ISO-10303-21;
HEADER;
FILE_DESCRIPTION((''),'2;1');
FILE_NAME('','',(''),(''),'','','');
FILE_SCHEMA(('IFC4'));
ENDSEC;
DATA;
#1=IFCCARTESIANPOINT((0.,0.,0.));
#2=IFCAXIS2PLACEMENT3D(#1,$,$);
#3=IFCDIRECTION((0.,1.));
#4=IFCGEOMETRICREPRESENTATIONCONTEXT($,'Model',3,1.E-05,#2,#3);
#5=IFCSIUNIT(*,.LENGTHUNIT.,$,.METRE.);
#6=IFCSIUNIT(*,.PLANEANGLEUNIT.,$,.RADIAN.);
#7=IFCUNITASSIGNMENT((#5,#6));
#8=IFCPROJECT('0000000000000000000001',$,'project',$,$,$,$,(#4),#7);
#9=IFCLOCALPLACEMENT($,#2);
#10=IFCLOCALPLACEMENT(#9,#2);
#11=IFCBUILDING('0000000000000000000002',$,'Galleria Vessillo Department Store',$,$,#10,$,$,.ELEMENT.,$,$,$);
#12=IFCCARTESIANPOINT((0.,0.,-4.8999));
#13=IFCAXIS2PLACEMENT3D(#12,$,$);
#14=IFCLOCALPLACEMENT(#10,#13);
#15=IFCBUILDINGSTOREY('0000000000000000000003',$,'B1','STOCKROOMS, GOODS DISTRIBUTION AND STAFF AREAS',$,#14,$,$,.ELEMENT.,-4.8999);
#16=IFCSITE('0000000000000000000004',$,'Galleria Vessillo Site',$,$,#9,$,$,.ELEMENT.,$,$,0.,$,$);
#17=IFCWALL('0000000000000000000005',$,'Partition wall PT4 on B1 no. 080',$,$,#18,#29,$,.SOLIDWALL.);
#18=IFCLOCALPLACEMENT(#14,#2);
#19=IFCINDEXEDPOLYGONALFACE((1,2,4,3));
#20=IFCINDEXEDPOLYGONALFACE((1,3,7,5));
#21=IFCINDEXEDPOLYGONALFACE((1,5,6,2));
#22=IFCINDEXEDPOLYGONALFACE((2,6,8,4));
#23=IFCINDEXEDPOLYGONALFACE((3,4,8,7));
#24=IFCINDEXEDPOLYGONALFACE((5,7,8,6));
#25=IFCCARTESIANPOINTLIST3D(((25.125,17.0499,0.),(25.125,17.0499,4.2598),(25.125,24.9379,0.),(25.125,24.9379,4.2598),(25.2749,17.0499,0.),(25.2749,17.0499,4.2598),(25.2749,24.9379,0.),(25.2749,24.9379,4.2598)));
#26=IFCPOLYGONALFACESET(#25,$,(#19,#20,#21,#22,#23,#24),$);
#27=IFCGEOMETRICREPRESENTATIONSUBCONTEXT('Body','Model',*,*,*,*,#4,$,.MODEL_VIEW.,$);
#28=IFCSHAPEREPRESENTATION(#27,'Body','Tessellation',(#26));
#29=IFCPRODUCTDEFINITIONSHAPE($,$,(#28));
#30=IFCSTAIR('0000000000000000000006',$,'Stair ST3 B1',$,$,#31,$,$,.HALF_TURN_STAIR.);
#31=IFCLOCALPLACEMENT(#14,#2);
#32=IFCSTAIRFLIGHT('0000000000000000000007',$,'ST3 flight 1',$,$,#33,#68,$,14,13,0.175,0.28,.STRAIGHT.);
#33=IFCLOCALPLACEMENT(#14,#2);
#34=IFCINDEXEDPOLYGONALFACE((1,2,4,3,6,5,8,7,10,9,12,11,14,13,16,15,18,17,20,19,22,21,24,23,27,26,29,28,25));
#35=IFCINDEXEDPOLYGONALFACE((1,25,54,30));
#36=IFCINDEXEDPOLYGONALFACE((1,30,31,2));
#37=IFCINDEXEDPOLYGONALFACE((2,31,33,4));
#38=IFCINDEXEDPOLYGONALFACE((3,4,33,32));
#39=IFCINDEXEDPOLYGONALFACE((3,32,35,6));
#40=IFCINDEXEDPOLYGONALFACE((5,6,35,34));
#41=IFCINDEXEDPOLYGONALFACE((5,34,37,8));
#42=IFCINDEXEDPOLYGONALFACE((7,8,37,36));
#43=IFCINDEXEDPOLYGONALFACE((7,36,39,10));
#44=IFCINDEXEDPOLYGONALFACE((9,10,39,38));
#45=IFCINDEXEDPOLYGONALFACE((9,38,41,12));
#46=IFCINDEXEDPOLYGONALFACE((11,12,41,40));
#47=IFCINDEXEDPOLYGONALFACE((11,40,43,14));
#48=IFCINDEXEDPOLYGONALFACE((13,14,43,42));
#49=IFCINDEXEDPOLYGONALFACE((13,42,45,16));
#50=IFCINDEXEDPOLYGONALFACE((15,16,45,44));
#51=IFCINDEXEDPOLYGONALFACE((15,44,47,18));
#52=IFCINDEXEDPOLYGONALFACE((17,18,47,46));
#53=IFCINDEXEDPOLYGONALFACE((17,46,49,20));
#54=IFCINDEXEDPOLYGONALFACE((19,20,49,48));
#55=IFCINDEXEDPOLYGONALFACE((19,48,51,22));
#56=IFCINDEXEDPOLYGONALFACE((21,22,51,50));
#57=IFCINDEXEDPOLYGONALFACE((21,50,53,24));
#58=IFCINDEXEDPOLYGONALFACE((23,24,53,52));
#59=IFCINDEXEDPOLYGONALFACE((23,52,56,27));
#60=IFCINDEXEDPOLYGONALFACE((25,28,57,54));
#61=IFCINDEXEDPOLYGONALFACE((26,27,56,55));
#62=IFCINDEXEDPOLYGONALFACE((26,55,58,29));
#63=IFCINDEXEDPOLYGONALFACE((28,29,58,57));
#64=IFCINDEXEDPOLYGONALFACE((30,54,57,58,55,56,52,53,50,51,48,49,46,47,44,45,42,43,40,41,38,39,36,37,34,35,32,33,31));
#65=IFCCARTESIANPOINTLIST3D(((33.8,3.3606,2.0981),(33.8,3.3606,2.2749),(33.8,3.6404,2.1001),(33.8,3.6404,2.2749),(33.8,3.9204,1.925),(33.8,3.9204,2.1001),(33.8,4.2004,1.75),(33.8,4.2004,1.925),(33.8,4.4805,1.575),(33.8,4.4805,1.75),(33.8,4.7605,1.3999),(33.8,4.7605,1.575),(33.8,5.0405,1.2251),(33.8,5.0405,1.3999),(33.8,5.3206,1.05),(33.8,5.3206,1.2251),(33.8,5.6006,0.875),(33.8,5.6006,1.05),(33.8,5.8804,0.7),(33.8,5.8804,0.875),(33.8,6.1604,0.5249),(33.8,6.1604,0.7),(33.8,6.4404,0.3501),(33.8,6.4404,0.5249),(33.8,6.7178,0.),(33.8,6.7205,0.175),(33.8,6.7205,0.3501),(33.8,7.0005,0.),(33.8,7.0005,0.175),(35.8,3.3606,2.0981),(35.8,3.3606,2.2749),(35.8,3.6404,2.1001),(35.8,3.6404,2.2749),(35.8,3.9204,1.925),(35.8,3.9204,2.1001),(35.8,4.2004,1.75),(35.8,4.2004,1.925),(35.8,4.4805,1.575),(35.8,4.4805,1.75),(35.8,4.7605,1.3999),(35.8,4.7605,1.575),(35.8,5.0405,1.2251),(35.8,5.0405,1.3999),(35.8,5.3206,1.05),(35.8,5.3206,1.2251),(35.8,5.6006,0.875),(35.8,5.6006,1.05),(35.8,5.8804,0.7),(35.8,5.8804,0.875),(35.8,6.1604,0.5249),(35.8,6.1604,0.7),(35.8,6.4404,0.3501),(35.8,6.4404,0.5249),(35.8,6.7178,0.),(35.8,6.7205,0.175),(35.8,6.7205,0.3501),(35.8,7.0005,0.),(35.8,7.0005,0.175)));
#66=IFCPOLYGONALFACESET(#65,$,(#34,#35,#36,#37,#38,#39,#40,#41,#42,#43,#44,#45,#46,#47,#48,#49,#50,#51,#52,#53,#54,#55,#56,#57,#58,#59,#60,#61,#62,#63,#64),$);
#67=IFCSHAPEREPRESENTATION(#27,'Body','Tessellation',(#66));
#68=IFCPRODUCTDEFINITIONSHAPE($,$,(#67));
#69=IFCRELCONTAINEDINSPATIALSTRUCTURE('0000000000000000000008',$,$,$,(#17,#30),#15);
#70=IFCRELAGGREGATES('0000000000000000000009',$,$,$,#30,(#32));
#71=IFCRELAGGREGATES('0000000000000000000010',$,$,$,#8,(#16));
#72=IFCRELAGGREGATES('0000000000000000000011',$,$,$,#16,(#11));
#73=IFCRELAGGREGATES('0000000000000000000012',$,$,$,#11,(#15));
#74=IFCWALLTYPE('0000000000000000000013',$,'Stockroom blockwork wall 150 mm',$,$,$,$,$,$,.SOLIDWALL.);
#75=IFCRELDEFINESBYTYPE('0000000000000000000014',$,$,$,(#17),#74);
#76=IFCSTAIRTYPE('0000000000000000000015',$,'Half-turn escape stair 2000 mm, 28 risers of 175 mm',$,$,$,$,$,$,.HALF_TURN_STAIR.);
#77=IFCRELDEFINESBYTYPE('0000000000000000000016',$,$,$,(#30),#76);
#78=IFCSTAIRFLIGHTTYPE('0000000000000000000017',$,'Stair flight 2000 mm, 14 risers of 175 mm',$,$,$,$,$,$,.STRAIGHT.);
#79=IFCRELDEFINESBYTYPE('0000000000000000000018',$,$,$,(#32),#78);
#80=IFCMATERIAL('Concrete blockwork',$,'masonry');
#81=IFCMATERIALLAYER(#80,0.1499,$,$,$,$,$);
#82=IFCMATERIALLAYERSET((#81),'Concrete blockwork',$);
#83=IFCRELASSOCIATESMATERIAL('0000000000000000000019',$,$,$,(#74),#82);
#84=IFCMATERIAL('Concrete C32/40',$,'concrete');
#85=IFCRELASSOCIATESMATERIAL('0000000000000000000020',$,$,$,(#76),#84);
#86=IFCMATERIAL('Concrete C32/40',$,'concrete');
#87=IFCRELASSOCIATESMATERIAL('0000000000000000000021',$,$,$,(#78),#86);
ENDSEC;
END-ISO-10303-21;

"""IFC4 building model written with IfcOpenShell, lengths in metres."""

from ifc_helpers import new_model, si_unit, direction, frame, frame_2d, origin, place, context, subcontext, project, spatial, polyline, rectangle, outline, extrude, material, layer, layer_set, type_object, element, aggregate, save


model = new_model("IFC4")

# Units and contexts
model_context = context("Model", 3, precision=1e-05, world=origin(), true_north=direction((0.0, 1.0)))
body_context = subcontext(model_context, "Body", "Model", "MODEL_VIEW")
ifc_project = project(units=[si_unit("LENGTHUNIT", "METRE"), si_unit("PLANEANGLEUNIT", "RADIAN")], contexts=[model_context])

# Site, building, storey
site_placement = place(None, origin())
site = spatial("IfcSite", under=ifc_project, at=site_placement, Name="Galleria Vessillo Site", CompositionType="ELEMENT", RefElevation=0.0)
building_placement = place(site_placement, origin())
building = spatial("IfcBuilding", under=site, at=building_placement, Name="Galleria Vessillo Department Store", CompositionType="ELEMENT")
storey_placement = place(building_placement, frame((0.0, 0.0, -4.8999)))
storey = spatial("IfcBuildingStorey", under=building, at=storey_placement, Name="B1", Description="STOCKROOMS, GOODS DISTRIBUTION AND STAFF AREAS", CompositionType="ELEMENT", Elevation=-4.8999)

# Shared definitions
ifc_material_1 = material(Name="Concrete blockwork", Category="masonry")
ifc_layer_1 = layer(ifc_material_1, 0.1499)
ifc_layer_set_1 = layer_set([ifc_layer_1], Name="Concrete blockwork")
wall_type_1 = type_object("IfcWallType", Name="Stockroom blockwork wall 150 mm", PredefinedType="SOLIDWALL", material=ifc_layer_set_1)

# Wall
wall_1_placement = place(storey_placement, frame((25.2, 17.05, 0.0), z_axis=(0.0, 0.0, 1.0), x_axis=(0.0, 1.0, 0.0)))
element("IfcWall", 1, at=wall_1_placement, inside=storey, type_object=wall_type_1, Name="Partition wall PT4 on B1 no. 080", PredefinedType="SOLIDWALL", context=body_context, shape_type="SweptSolid", body=[
    extrude(rectangle(XDim=7.8879, YDim=0.1499, at=frame_2d((3.9438, 0.0))), origin(), (0.0, 0.0, 1.0), 4.2598),
])

# Stair, stair flight
ifc_material_2 = material(Name="Concrete C32/40", Category="concrete")
stair_type = type_object("IfcStairType", Name="Half-turn escape stair 2000 mm, 28 risers of 175 mm", PredefinedType="HALF_TURN_STAIR", material=ifc_material_2)
stair_placement = place(storey_placement, origin())
stair = element("IfcStair", 2, at=stair_placement, inside=storey, type_object=stair_type, Name="Stair ST3 B1", PredefinedType="HALF_TURN_STAIR")
ifc_material_3 = material(Name="Concrete C32/40", Category="concrete")
stair_flight_type = type_object("IfcStairFlightType", Name="Stair flight 2000 mm, 14 risers of 175 mm", PredefinedType="STRAIGHT", material=ifc_material_3)
stair_flight_placement = place(storey_placement, frame((34.8, 7.0005, 0.0), z_axis=(0.0, 0.0, 1.0), x_axis=(0.0, -1.0, 0.0)))
stair_flight = element("IfcStairFlight", 3, at=stair_flight_placement, type_object=stair_flight_type, Name="ST3 flight 1", NumberOfRisers=14, NumberOfTreads=13, PredefinedType="STRAIGHT", RiserHeight=0.175, TreadLength=0.28, context=body_context, shape_type="SweptSolid", body=[
    extrude(outline(polyline([(0.0, 0.0), (0.0, 0.175), (0.28, 0.175), (0.28, 0.3501), (0.5601, 0.3501), (0.5601, 0.5249), (0.8401, 0.5249), (0.8401, 0.7), (1.1201, 0.7), (1.1201, 0.875), (1.3999, 0.875), (1.3999, 1.05), (1.6799, 1.05), (1.6799, 1.2251), (1.96, 1.2251), (1.96, 1.3999), (2.24, 1.3999), (2.24, 1.575), (2.52, 1.575), (2.52, 1.75), (2.8, 1.75), (2.8, 1.925), (3.0801, 1.925), (3.0801, 2.1001), (3.3601, 2.1001), (3.3601, 2.2749), (3.6399, 2.2749), (3.6399, 2.45), (3.6399, 2.0981), (0.2827, 0.0), (0.0, 0.0)])), frame((0.0, 1.0, 0.0), z_axis=(0.0, -1.0, 0.0), x_axis=(1.0, 0.0, 0.0)), (0.0, 0.0, 1.0), 2.0),
])
aggregate(stair, [stair_flight])

save(model, "model.ifc")
